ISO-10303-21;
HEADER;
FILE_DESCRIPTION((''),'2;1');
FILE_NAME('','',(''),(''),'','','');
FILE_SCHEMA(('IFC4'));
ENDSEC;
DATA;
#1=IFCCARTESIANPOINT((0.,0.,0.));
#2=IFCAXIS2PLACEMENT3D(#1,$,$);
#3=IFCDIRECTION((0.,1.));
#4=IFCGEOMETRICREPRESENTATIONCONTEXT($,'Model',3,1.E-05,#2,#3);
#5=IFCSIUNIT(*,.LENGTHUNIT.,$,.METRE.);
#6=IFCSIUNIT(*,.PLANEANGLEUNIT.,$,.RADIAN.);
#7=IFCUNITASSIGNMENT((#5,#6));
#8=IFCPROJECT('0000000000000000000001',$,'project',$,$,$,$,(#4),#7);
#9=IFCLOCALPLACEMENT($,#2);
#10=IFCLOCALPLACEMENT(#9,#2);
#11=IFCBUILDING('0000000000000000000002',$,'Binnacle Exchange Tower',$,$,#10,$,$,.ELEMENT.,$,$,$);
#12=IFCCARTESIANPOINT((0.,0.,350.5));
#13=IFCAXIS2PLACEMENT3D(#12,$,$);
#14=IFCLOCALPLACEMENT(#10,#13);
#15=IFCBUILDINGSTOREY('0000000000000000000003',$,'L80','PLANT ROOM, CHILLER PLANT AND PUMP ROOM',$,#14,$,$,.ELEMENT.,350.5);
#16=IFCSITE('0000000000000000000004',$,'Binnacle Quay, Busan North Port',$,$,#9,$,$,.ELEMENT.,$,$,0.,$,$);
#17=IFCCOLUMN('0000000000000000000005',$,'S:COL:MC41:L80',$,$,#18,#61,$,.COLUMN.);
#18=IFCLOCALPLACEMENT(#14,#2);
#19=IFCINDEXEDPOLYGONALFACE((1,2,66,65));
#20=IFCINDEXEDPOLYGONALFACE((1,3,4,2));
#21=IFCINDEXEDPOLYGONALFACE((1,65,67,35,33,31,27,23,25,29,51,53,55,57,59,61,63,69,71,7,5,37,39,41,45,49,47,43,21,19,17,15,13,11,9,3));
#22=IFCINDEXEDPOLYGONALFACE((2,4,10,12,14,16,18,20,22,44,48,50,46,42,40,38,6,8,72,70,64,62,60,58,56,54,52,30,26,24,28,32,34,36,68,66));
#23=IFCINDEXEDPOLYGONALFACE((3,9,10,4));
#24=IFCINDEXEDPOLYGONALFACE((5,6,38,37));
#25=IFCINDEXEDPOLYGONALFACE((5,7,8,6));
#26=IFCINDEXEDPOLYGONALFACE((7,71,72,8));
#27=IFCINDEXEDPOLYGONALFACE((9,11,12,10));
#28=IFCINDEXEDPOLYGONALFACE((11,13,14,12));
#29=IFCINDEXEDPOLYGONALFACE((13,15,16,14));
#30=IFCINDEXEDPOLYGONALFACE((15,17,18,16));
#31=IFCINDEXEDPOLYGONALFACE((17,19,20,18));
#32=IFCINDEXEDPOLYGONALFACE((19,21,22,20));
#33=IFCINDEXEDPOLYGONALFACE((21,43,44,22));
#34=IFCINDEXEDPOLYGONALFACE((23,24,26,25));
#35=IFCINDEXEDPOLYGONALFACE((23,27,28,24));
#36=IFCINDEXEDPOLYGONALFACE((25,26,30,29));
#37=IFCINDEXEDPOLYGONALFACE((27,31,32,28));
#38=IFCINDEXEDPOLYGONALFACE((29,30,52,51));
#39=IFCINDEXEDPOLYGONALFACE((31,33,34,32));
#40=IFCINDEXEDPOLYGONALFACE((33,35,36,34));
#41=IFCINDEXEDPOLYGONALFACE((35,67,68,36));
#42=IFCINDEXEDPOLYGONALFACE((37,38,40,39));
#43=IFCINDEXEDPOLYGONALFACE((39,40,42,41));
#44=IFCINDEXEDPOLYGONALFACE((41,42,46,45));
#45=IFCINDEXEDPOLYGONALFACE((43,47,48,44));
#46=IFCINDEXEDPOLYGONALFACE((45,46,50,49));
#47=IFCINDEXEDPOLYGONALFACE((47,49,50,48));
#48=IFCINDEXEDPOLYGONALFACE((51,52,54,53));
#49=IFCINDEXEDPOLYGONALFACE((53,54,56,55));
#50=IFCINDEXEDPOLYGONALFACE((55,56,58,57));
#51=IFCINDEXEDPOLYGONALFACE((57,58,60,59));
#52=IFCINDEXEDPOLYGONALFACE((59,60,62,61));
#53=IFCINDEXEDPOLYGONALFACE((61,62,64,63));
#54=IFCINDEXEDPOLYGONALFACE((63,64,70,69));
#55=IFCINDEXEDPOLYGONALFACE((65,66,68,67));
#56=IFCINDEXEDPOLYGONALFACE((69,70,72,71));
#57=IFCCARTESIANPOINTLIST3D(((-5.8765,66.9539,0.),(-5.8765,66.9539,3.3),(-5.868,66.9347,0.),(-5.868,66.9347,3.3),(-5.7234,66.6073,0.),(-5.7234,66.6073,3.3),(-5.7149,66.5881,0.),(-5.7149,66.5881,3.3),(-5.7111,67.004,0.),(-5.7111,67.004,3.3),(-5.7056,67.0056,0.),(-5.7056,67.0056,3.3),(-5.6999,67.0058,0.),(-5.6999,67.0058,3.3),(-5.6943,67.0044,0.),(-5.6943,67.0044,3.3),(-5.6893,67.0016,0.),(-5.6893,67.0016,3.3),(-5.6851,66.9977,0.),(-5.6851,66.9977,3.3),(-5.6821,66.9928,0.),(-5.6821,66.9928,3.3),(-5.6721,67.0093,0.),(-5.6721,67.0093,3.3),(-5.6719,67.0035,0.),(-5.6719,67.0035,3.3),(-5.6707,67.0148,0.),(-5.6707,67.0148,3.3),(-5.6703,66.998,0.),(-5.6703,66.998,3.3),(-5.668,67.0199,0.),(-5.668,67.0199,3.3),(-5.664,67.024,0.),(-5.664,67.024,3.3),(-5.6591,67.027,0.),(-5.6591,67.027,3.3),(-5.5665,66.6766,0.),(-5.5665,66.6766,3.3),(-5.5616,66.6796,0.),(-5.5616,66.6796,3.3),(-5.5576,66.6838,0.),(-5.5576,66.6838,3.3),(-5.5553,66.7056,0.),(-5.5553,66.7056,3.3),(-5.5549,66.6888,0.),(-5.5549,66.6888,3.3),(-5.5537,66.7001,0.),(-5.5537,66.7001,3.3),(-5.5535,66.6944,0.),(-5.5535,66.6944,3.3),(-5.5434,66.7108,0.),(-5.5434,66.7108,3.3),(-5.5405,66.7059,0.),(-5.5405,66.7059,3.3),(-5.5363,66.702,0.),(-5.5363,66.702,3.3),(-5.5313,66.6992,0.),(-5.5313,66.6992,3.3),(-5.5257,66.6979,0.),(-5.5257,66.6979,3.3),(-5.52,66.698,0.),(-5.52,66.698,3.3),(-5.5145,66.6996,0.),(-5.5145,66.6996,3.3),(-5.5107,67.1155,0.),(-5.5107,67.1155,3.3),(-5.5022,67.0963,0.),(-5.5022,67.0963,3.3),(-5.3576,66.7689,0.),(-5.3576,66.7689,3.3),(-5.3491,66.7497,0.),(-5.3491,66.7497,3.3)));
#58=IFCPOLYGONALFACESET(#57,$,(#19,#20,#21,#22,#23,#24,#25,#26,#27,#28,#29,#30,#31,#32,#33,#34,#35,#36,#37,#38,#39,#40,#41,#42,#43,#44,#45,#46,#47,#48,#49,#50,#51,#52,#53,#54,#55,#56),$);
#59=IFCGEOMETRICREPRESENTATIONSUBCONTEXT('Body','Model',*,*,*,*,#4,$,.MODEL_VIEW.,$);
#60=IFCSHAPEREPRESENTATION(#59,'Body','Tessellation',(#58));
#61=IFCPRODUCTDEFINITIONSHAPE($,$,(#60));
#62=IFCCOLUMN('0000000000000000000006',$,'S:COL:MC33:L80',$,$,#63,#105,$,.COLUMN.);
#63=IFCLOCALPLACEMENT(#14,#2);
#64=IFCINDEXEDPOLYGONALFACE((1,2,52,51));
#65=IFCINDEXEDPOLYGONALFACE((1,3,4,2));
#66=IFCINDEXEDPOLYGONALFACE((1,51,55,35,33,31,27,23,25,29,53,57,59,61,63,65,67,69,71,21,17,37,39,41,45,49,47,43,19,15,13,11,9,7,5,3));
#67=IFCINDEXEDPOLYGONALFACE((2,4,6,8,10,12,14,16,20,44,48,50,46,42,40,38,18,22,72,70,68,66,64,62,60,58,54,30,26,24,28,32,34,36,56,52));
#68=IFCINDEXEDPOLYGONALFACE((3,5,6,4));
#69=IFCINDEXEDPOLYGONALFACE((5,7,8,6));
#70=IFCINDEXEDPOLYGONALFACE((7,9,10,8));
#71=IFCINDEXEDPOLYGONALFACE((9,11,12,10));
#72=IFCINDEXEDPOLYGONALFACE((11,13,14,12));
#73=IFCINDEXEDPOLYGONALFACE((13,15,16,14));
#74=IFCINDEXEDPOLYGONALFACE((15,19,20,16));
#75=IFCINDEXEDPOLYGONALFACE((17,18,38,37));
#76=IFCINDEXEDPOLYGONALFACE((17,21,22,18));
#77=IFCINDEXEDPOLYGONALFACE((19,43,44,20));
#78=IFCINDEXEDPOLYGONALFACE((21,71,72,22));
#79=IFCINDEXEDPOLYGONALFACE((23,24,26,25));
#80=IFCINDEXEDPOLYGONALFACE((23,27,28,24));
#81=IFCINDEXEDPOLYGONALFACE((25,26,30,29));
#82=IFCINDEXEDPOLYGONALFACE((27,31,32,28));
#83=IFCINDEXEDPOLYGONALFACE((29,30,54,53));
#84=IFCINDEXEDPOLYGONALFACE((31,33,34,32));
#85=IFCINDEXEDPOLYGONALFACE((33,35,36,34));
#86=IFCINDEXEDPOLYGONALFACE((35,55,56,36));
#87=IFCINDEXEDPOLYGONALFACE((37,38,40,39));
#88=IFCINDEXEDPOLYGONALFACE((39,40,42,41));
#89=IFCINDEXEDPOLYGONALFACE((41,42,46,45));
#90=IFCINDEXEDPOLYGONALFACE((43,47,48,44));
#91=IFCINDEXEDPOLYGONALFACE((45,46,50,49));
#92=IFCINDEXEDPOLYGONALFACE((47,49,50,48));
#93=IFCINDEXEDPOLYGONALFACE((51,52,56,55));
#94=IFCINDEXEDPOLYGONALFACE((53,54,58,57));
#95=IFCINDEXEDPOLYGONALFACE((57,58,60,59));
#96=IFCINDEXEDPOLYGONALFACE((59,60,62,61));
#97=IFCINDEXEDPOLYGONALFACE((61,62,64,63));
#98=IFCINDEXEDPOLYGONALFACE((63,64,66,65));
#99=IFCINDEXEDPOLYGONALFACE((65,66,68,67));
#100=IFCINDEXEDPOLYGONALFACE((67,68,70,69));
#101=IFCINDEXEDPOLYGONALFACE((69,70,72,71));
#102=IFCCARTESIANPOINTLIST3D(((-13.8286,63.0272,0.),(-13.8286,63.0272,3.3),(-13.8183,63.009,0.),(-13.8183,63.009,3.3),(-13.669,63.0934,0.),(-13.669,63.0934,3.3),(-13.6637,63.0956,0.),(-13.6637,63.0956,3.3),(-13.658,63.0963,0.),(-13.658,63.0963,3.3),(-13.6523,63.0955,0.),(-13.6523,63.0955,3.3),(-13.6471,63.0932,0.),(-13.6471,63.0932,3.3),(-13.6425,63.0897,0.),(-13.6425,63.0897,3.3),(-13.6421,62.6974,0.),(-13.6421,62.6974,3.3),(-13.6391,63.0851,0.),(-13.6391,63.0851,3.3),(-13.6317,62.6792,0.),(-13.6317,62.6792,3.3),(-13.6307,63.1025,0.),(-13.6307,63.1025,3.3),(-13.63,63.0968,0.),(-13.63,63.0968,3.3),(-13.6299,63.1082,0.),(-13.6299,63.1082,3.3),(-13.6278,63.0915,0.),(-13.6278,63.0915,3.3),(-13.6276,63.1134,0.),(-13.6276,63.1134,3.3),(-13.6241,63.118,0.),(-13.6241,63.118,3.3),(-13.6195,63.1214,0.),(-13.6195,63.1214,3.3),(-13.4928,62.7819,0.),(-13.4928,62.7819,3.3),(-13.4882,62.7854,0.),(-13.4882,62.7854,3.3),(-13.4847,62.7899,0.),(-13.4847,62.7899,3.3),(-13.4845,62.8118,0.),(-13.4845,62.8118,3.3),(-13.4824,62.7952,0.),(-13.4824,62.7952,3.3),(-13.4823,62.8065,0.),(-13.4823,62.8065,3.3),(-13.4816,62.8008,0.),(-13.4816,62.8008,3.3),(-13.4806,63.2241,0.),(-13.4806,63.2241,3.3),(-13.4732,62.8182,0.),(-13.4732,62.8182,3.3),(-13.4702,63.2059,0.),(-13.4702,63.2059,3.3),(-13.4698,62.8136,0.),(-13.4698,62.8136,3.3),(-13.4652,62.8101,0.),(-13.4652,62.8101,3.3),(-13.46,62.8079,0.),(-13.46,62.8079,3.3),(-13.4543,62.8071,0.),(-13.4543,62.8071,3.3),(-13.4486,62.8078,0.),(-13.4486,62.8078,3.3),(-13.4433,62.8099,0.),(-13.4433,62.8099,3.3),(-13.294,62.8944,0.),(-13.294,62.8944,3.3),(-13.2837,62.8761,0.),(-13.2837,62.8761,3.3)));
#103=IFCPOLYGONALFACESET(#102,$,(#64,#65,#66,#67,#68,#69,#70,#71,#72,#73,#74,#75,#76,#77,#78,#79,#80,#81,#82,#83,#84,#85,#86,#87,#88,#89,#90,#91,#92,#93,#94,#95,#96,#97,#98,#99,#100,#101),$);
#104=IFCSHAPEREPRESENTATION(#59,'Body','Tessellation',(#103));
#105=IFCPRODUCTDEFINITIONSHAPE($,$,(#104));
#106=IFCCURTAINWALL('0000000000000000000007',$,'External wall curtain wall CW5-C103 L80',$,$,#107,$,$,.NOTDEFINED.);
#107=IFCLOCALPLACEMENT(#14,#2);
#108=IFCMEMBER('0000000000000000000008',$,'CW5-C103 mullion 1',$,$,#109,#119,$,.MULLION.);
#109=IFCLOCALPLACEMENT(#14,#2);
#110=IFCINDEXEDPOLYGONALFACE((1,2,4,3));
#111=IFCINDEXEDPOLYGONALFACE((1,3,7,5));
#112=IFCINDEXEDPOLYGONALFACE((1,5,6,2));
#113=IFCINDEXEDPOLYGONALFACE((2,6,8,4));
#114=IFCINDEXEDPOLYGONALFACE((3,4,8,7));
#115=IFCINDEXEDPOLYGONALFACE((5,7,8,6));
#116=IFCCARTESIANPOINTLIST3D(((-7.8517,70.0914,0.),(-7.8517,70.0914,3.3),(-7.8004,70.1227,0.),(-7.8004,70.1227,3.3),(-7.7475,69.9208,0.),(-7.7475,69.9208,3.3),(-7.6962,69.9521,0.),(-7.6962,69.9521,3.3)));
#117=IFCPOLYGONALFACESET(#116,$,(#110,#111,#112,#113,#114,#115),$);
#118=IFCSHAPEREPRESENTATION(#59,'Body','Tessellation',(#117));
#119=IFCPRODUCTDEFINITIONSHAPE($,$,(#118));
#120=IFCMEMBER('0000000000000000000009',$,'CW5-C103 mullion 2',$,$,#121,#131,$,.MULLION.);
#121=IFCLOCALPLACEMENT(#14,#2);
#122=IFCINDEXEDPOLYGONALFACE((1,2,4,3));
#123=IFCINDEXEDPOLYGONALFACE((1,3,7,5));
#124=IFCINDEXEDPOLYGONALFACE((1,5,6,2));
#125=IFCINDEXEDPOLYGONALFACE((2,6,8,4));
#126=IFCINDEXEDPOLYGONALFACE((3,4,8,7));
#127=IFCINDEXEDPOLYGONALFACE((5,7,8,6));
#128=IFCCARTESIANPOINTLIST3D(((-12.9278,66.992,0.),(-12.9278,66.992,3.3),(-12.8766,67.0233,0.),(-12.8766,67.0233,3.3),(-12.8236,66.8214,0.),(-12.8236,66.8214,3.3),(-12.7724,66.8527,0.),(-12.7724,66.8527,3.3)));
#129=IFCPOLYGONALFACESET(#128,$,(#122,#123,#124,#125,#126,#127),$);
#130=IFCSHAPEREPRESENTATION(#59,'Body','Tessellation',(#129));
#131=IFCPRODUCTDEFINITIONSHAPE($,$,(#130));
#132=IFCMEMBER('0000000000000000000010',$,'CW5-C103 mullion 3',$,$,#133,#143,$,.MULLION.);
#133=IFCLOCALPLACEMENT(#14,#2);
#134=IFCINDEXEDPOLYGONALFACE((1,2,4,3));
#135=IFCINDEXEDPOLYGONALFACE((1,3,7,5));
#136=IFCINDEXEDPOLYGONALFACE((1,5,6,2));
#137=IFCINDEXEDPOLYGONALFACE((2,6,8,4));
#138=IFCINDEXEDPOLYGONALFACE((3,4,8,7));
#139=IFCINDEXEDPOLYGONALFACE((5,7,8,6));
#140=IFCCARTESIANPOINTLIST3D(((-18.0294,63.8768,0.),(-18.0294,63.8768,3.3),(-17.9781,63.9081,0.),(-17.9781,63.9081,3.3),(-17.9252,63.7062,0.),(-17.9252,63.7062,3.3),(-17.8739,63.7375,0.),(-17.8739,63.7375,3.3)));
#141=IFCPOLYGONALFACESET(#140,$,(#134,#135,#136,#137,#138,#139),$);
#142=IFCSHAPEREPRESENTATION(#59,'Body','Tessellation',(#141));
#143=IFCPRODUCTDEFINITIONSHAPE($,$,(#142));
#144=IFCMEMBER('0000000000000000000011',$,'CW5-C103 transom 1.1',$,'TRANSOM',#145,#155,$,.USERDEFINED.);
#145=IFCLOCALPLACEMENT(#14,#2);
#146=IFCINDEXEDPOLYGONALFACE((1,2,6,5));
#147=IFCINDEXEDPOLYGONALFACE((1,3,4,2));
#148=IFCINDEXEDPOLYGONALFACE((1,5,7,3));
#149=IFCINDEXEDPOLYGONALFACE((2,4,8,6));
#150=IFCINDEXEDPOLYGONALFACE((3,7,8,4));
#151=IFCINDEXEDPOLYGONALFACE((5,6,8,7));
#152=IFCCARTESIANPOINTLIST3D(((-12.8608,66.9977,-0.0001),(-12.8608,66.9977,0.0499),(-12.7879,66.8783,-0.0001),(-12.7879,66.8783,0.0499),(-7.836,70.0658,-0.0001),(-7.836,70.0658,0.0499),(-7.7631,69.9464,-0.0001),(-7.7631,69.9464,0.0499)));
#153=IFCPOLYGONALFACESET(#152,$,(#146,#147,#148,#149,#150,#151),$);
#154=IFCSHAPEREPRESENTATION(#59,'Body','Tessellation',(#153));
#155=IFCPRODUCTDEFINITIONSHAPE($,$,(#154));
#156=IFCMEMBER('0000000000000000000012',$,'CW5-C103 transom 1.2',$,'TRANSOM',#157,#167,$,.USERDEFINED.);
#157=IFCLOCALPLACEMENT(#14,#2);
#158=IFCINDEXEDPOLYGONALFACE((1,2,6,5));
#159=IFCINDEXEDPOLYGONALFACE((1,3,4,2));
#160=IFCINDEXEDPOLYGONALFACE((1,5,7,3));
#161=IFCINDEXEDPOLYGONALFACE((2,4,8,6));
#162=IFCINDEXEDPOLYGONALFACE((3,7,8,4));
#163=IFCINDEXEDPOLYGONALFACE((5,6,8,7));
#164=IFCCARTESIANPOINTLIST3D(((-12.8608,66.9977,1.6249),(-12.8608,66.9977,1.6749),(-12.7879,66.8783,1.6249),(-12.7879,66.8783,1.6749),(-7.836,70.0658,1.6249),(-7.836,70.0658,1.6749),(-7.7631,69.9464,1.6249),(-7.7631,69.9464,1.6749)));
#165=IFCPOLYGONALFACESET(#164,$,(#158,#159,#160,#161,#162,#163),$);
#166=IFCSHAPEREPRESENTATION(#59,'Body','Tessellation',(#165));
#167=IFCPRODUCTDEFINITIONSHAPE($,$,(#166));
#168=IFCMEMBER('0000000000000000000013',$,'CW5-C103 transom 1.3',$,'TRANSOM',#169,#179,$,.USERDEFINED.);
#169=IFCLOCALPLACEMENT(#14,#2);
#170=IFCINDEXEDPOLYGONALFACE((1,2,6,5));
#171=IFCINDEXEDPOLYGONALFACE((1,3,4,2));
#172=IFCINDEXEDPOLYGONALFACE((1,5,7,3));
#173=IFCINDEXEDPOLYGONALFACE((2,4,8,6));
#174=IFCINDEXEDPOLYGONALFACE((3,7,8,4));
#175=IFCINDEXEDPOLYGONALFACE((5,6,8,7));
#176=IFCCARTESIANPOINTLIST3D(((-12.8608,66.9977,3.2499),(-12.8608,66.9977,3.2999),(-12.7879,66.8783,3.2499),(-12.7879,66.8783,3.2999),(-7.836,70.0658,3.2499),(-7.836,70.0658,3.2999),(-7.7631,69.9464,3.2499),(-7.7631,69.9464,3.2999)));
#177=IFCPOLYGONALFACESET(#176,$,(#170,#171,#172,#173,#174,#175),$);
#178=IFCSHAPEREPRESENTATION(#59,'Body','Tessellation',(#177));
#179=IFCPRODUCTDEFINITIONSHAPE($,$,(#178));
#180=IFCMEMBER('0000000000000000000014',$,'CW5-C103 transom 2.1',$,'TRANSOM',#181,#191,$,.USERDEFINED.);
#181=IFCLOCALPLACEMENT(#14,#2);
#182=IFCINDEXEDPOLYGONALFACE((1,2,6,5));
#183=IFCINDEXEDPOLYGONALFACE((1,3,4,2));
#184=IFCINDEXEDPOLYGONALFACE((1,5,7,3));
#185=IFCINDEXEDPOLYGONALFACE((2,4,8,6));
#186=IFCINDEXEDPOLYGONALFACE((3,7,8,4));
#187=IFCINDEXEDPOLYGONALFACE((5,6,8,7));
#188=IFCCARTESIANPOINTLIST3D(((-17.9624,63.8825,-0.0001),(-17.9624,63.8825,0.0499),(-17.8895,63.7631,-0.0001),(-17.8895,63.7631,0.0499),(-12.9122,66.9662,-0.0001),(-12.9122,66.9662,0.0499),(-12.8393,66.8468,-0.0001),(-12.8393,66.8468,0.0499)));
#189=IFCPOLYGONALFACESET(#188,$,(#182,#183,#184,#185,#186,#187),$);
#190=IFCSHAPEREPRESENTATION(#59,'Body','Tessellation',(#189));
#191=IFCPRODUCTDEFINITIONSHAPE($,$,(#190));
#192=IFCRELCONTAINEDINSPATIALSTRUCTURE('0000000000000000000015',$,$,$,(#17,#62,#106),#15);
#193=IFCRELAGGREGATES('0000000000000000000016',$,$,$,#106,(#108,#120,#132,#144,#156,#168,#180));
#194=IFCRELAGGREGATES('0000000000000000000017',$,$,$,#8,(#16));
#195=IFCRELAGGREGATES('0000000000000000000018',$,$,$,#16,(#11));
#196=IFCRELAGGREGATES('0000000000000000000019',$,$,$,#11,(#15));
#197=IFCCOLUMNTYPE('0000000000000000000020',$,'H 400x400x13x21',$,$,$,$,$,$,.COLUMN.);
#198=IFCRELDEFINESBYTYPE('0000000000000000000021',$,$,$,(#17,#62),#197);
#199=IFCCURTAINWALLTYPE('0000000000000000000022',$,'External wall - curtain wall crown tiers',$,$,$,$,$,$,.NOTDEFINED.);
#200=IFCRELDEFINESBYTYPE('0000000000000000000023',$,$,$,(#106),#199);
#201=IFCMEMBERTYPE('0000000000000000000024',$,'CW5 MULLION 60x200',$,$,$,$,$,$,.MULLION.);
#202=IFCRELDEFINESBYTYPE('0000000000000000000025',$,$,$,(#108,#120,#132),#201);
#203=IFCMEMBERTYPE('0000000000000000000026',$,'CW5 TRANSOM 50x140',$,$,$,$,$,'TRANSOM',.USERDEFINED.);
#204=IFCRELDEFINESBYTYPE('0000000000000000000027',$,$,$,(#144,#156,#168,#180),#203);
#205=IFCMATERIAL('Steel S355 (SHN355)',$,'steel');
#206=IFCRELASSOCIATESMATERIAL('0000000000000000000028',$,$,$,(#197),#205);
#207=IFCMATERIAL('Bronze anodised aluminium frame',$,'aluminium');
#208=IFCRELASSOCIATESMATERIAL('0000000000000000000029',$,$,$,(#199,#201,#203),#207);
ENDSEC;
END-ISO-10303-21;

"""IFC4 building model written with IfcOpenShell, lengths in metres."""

from ifc_helpers import new_model, si_unit, direction, frame, origin, origin_2d, place, context, subcontext, project, spatial, rectangle, i_section, extrude, material, material_profile, profile_set, type_object, element, aggregate, save


model = new_model("IFC4")

# Units and contexts
model_context = context("Model", 3, precision=1e-05, world=origin(), true_north=direction((0.0, 1.0)))
body_context = subcontext(model_context, "Body", "Model", "MODEL_VIEW")
ifc_project = project(units=[si_unit("LENGTHUNIT", "METRE"), si_unit("PLANEANGLEUNIT", "RADIAN")], contexts=[model_context])

# Site, building, storey
site_placement = place(None, origin())
site = spatial("IfcSite", under=ifc_project, at=site_placement, Name="Binnacle Quay, Busan North Port", CompositionType="ELEMENT", RefElevation=0.0)
building_placement = place(site_placement, origin())
building = spatial("IfcBuilding", under=site, at=building_placement, Name="Binnacle Exchange Tower", CompositionType="ELEMENT")
storey_placement = place(building_placement, frame((0.0, 0.0, 350.5)))
storey = spatial("IfcBuildingStorey", under=building, at=storey_placement, Name="L80", Description="PLANT ROOM, CHILLER PLANT AND PUMP ROOM", CompositionType="ELEMENT", Elevation=350.5)

# Columns
ifc_material_1 = material(Name="Steel S355 (SHN355)", Category="steel")
ifc_material_profile_1 = material_profile(ifc_material_1, i_section(OverallWidth=0.3999, OverallDepth=0.3999, WebThickness=0.0129, FlangeThickness=0.021, FilletRadius=0.022, at=origin_2d()), Name="H 400x400x13x21")
ifc_profile_set_1 = profile_set([ifc_material_profile_1], Name="Steel S355 (SHN355)")
column_type = type_object("IfcColumnType", Name="H 400x400x13x21", PredefinedType="COLUMN", material=ifc_profile_set_1)
for number, where, z_axis, x_axis, name in (
    (1, (-5.6128, 66.8518, 0.0), (0.0, 0.0, 1.0), (-0.914713, -0.404104, 0.0), "S:COL:MC41:L80"),
    (2, (-13.5562, 62.9517, 0.0), (0.0, 0.0, 1.0), (-0.870356, -0.492424, 0.0), "S:COL:MC33:L80"),
):
    element("IfcColumn", number, at=place(storey_placement, frame(where, z_axis=z_axis, x_axis=x_axis)), inside=storey, type_object=column_type, Name=name, PredefinedType="COLUMN", context=body_context, shape_type="SweptSolid", body=[
        extrude(i_section(OverallWidth=0.3999, OverallDepth=0.3999, WebThickness=0.0129, FlangeThickness=0.021, FilletRadius=0.022, at=origin_2d()), origin(), (0.0, 0.0, 1.0), 3.3),
    ])

# Curtain wall, members
ifc_material_2 = material(Name="Bronze anodised aluminium frame", Category="aluminium")
curtain_wall_type = type_object("IfcCurtainWallType", Name="External wall - curtain wall crown tiers", PredefinedType="NOTDEFINED", material=ifc_material_2)
curtain_wall_placement = place(storey_placement, origin())
curtain_wall = element("IfcCurtainWall", 3, at=curtain_wall_placement, inside=storey, type_object=curtain_wall_type, Name="External wall curtain wall CW5-C103 L80", PredefinedType="NOTDEFINED")
ifc_material_profile_2 = material_profile(ifc_material_2, rectangle(XDim=0.2, YDim=0.0601, at=origin_2d()), Name="AL 60x200")
ifc_profile_set_2 = profile_set([ifc_material_profile_2], Name="Bronze anodised aluminium frame")
member_type_1 = type_object("IfcMemberType", Name="CW5 MULLION 60x200", PredefinedType="MULLION", material=ifc_profile_set_2)
member_1_placement = place(storey_placement, frame((-7.7739, 70.0217, 0.0), z_axis=(0.0, 0.0, 1.0), x_axis=(0.521157, -0.853461, 0.0)))
member_1 = element("IfcMember", 4, at=member_1_placement, type_object=member_type_1, Name="CW5-C103 mullion 1", PredefinedType="MULLION", context=body_context, shape_type="SweptSolid", body=[
    extrude(rectangle(XDim=0.2, YDim=0.0601, at=origin_2d()), origin(), (0.0, 0.0, 1.0), 3.3),
])
member_2_placement = place(storey_placement, frame((-12.8501, 66.9224, 0.0), z_axis=(0.0, 0.0, 1.0), x_axis=(0.521157, -0.853461, 0.0)))
member_2 = element("IfcMember", 5, at=member_2_placement, type_object=member_type_1, Name="CW5-C103 mullion 2", PredefinedType="MULLION", context=body_context, shape_type="SweptSolid", body=[
    extrude(rectangle(XDim=0.2, YDim=0.0601, at=origin_2d()), origin(), (0.0, 0.0, 1.0), 3.3),
])
member_3_placement = place(storey_placement, frame((-17.9517, 63.8071, 0.0), z_axis=(0.0, 0.0, 1.0), x_axis=(0.521157, -0.853461, 0.0)))
member_3 = element("IfcMember", 6, at=member_3_placement, type_object=member_type_1, Name="CW5-C103 mullion 3", PredefinedType="MULLION", context=body_context, shape_type="SweptSolid", body=[
    extrude(rectangle(XDim=0.2, YDim=0.0601, at=origin_2d()), origin(), (0.0, 0.0, 1.0), 3.3),
])
ifc_material_profile_3 = material_profile(ifc_material_2, rectangle(XDim=0.1399, YDim=0.05, at=origin_2d()), Name="AL 140x50")
ifc_profile_set_3 = profile_set([ifc_material_profile_3], Name="Bronze anodised aluminium frame")
member_type_2 = type_object("IfcMemberType", Name="CW5 TRANSOM 50x140", ElementType="TRANSOM", PredefinedType="USERDEFINED", material=ifc_profile_set_3)
member_4_placement = place(storey_placement, frame((-7.7996, 70.0061, 0.0249), z_axis=(-0.853483, -0.521121, 0.0), x_axis=(0.521121, -0.853483, 0.0)))
member_4 = element("IfcMember", 7, at=member_4_placement, type_object=member_type_2, Name="CW5-C103 transom 1.1", ObjectType="TRANSOM", PredefinedType="USERDEFINED", context=body_context, shape_type="SweptSolid", body=[
    extrude(rectangle(XDim=0.1399, YDim=0.05, at=origin_2d()), origin(), (0.0, 0.0, 1.0), 5.8875),
])
member_5_placement = place(storey_placement, frame((-7.7996, 70.0061, 1.6499), z_axis=(-0.853483, -0.521121, 0.0), x_axis=(0.521121, -0.853483, 0.0)))
member_5 = element("IfcMember", 8, at=member_5_placement, type_object=member_type_2, Name="CW5-C103 transom 1.2", ObjectType="TRANSOM", PredefinedType="USERDEFINED", context=body_context, shape_type="SweptSolid", body=[
    extrude(rectangle(XDim=0.1399, YDim=0.05, at=origin_2d()), origin(), (0.0, 0.0, 1.0), 5.8875),
])
member_6_placement = place(storey_placement, frame((-7.7996, 70.0061, 3.2749), z_axis=(-0.853483, -0.521121, 0.0), x_axis=(0.521121, -0.853483, 0.0)))
member_6 = element("IfcMember", 9, at=member_6_placement, type_object=member_type_2, Name="CW5-C103 transom 1.3", ObjectType="TRANSOM", PredefinedType="USERDEFINED", context=body_context, shape_type="SweptSolid", body=[
    extrude(rectangle(XDim=0.1399, YDim=0.05, at=origin_2d()), origin(), (0.0, 0.0, 1.0), 5.8875),
])
member_7_placement = place(storey_placement, frame((-12.8757, 66.9065, 0.0249), z_axis=(-0.853474, -0.521136, 0.0), x_axis=(0.521136, -0.853474, 0.0)))
member_7 = element("IfcMember", 10, at=member_7_placement, type_object=member_type_2, Name="CW5-C103 transom 2.1", ObjectType="TRANSOM", PredefinedType="USERDEFINED", context=body_context, shape_type="SweptSolid", body=[
    extrude(rectangle(XDim=0.1399, YDim=0.05, at=origin_2d()), origin(), (0.0, 0.0, 1.0), 5.9172),
])

aggregate(curtain_wall, [member_1, member_2, member_3, member_4, member_5, member_6, member_7])

save(model, "model.ifc")
